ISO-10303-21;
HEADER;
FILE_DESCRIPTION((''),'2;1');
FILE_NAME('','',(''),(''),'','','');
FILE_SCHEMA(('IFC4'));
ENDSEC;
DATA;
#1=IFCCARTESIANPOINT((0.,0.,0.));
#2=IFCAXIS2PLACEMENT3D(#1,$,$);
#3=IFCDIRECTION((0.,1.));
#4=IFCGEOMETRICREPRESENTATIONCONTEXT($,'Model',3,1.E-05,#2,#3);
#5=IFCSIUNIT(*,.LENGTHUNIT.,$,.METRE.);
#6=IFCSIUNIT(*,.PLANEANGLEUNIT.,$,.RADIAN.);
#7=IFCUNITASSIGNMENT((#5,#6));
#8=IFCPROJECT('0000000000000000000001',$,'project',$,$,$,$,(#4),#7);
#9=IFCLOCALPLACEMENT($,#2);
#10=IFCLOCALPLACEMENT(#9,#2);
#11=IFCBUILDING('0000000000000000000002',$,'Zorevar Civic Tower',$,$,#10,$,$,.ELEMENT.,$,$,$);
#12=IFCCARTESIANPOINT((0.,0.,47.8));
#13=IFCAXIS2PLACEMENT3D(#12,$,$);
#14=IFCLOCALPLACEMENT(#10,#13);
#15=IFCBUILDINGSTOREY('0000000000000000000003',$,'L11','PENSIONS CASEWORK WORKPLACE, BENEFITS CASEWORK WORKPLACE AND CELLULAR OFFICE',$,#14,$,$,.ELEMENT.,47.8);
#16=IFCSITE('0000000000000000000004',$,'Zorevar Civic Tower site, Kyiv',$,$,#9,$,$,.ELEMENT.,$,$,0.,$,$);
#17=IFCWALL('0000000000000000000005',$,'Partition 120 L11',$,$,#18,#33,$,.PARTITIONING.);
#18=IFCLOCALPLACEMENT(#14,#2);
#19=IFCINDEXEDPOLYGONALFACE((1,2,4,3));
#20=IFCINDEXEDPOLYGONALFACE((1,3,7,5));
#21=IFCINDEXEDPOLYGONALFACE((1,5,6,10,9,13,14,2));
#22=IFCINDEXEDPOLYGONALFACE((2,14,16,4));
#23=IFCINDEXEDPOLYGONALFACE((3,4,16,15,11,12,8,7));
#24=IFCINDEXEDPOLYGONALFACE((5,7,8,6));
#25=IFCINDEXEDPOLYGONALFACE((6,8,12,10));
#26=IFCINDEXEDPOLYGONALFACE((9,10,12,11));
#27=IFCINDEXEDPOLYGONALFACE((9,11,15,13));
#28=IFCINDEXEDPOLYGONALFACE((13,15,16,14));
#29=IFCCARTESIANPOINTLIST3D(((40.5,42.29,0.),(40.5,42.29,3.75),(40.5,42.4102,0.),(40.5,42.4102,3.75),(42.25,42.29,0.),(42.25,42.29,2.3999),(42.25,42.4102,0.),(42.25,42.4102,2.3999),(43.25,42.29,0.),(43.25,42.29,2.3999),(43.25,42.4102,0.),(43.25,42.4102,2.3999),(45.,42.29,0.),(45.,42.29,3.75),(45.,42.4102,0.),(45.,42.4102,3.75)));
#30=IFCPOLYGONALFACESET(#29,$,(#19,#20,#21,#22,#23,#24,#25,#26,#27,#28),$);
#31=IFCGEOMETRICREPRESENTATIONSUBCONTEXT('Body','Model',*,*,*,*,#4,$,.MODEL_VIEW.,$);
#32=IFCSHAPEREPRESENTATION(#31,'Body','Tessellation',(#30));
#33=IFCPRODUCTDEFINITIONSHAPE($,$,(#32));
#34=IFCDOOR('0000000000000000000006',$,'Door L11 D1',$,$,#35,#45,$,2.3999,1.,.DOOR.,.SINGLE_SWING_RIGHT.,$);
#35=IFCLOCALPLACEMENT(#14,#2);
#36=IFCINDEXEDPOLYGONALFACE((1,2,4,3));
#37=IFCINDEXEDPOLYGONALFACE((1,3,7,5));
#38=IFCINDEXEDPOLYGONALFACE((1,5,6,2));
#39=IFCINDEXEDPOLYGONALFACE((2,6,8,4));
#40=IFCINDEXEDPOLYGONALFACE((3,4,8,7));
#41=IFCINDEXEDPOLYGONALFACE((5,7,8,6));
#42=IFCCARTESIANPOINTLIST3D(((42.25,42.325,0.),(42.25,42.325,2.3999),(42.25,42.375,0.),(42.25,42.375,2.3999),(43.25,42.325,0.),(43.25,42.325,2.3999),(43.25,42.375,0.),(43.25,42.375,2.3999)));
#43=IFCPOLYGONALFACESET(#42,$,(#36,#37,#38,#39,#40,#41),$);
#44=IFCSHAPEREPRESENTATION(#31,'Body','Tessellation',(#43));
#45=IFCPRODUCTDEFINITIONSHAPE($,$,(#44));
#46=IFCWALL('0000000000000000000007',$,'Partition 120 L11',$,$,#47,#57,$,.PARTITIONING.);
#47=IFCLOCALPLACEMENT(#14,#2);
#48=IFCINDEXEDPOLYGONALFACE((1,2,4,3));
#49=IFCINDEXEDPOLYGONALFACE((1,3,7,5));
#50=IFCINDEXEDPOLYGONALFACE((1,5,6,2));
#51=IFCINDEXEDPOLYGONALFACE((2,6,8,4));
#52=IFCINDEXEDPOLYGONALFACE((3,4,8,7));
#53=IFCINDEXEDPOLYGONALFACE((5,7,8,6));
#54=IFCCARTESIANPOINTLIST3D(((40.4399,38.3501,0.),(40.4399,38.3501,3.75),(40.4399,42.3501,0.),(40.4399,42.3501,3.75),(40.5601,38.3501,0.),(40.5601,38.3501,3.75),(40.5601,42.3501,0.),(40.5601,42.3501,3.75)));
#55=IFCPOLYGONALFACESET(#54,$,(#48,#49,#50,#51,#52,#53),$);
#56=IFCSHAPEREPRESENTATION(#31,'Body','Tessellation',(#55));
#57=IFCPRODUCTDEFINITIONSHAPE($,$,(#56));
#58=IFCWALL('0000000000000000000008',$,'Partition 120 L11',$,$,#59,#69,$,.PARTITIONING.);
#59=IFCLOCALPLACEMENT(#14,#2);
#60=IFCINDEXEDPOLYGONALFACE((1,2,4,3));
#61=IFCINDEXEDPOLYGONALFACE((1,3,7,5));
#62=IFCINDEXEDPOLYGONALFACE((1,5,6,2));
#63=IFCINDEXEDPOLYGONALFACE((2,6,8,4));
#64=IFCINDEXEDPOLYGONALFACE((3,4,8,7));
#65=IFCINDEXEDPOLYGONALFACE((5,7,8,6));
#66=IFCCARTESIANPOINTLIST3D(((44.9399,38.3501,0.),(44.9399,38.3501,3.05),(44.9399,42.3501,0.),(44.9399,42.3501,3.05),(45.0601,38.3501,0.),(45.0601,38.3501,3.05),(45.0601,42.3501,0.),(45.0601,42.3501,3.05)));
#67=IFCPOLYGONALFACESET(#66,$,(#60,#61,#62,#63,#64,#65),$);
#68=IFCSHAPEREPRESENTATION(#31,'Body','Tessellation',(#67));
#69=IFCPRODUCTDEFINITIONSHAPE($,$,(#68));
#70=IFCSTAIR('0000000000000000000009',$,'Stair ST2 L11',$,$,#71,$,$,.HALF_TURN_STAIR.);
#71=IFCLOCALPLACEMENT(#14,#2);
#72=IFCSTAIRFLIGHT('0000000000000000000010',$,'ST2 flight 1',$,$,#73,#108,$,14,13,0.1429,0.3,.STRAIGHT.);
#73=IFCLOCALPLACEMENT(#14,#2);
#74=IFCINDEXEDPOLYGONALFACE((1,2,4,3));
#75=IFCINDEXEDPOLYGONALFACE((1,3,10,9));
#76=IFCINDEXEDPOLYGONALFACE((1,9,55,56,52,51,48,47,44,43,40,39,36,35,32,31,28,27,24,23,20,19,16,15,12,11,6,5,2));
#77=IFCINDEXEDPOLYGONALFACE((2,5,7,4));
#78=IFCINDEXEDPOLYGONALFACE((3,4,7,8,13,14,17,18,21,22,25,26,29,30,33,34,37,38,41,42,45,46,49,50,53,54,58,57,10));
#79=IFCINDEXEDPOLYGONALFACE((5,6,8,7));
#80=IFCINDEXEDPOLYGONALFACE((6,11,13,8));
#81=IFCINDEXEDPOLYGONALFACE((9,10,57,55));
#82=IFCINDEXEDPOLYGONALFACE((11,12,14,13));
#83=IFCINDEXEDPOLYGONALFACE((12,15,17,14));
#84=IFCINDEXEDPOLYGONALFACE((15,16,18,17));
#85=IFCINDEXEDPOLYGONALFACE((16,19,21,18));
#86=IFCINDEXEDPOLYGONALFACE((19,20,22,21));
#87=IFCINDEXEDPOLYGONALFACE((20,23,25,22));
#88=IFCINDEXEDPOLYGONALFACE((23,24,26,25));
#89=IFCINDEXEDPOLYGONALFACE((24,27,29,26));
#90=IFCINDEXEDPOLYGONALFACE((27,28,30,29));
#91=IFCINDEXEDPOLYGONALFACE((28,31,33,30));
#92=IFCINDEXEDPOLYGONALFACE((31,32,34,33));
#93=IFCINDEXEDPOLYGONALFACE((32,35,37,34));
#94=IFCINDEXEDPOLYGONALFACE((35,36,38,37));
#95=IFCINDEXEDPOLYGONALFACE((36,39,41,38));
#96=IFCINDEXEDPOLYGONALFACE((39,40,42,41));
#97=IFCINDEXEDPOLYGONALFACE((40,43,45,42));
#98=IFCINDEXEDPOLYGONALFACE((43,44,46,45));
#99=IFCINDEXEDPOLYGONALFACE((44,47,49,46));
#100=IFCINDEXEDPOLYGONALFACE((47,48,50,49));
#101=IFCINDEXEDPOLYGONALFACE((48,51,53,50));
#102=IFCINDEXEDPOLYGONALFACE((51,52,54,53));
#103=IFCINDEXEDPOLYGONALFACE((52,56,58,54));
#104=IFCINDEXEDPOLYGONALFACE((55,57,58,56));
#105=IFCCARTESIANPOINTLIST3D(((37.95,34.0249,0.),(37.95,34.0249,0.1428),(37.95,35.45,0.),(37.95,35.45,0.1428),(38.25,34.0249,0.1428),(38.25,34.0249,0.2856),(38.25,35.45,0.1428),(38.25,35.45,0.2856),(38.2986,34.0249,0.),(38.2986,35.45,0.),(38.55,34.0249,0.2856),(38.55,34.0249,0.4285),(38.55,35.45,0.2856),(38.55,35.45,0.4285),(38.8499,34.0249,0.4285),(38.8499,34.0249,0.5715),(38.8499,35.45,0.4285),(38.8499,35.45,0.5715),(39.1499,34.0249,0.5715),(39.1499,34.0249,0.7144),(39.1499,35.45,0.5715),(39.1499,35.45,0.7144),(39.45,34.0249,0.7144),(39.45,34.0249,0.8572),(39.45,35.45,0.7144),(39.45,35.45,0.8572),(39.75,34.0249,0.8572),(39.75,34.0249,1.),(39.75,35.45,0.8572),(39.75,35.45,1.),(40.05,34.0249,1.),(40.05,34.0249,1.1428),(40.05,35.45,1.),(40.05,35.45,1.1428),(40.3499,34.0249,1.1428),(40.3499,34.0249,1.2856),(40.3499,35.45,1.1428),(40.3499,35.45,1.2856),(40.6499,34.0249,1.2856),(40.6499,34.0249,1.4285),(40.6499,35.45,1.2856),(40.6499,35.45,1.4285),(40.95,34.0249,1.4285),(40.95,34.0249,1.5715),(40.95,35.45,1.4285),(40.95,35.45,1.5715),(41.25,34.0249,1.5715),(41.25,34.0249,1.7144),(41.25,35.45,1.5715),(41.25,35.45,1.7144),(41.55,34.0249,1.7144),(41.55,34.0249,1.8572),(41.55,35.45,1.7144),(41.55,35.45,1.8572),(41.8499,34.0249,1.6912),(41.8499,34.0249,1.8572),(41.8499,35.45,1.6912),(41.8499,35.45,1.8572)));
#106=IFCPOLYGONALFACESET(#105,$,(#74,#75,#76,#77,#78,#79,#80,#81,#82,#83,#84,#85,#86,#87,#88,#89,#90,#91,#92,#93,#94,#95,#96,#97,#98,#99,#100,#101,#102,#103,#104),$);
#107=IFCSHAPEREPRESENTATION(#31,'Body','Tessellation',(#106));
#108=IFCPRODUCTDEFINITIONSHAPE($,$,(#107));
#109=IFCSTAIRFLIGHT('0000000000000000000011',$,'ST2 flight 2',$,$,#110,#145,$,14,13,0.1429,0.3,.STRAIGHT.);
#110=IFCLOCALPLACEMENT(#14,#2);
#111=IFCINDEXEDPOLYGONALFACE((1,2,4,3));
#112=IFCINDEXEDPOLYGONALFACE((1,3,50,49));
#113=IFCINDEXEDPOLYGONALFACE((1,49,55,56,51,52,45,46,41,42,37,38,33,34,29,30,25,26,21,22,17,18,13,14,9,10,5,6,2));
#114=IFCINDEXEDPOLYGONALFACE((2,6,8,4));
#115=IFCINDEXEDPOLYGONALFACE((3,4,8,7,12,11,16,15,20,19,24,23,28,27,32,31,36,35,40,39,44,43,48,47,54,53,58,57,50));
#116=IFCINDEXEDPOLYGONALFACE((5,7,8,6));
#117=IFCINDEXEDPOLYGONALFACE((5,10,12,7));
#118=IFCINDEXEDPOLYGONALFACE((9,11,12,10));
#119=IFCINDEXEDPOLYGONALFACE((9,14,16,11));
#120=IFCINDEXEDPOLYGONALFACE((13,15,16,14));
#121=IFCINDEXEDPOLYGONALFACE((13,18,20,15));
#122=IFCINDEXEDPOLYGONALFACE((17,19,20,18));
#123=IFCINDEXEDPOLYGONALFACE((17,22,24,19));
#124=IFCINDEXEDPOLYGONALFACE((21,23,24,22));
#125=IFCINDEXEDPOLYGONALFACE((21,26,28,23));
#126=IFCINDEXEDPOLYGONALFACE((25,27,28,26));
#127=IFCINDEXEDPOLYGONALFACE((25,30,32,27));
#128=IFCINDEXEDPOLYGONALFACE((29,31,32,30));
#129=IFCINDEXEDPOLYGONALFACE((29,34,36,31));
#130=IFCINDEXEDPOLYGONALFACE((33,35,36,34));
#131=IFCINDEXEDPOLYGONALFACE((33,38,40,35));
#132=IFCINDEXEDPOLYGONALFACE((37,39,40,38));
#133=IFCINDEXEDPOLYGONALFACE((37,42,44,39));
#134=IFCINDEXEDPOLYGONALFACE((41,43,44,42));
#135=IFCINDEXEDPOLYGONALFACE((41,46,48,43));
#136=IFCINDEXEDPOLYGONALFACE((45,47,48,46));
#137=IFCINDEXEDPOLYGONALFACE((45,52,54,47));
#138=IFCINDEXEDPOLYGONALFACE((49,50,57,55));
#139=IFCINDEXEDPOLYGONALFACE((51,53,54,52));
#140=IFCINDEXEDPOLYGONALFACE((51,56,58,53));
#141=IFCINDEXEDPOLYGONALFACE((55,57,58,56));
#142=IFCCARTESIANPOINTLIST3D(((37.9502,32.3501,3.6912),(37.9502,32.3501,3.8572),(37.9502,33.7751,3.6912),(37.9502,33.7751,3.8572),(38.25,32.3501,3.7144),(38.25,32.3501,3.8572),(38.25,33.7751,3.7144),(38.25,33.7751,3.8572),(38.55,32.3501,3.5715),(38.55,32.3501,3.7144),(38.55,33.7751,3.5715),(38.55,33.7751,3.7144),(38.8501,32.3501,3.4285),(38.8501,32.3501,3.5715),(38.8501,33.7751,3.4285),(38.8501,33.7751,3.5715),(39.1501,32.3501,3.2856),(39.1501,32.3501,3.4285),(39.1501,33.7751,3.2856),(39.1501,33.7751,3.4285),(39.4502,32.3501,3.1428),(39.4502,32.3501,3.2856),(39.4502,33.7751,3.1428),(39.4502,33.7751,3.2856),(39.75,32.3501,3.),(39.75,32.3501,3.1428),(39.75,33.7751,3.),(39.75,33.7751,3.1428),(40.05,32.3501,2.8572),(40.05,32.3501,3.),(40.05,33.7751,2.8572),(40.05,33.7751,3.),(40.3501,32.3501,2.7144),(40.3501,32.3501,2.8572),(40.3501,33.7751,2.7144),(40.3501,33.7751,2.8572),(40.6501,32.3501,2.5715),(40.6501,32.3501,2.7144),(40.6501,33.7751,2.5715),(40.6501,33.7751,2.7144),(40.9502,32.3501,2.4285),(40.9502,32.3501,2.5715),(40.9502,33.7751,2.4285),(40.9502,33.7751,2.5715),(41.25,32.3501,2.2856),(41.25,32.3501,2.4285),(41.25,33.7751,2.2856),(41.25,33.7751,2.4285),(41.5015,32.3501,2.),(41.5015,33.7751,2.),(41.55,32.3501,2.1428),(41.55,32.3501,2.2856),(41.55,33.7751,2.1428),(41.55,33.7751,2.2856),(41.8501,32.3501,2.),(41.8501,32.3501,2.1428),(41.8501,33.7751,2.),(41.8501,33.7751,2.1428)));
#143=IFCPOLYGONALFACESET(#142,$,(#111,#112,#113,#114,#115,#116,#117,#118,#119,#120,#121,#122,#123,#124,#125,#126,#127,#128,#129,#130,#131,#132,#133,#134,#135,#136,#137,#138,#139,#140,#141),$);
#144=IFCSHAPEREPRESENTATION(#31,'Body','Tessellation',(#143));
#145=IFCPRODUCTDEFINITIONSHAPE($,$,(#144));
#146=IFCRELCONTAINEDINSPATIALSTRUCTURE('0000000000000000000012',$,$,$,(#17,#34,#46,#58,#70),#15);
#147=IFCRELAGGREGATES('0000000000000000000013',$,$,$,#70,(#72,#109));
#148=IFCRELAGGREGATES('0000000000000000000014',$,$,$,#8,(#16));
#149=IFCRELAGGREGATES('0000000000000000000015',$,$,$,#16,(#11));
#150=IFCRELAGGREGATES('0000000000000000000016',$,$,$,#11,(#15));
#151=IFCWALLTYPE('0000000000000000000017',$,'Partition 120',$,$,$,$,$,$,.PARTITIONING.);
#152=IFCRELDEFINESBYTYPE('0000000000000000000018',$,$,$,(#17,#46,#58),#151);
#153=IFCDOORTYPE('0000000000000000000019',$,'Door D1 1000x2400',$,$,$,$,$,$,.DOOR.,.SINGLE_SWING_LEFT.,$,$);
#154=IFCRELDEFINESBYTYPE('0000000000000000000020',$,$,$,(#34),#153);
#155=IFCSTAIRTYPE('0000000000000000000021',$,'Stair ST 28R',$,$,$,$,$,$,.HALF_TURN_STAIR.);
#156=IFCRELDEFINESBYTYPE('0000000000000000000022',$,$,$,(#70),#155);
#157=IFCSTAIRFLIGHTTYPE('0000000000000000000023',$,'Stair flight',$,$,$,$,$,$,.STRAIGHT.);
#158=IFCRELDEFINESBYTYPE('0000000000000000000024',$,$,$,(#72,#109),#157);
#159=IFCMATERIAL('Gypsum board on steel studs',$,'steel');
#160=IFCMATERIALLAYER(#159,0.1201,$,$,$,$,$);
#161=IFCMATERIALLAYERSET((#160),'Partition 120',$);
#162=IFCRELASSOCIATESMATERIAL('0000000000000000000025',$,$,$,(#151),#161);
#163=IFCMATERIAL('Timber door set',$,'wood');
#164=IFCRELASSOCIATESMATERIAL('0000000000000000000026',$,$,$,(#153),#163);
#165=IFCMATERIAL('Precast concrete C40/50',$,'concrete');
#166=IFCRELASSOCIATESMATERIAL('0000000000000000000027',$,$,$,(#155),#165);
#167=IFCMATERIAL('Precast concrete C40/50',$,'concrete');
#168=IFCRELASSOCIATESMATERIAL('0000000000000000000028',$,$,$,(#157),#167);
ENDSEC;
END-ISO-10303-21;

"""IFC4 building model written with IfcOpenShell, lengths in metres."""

from ifc_helpers import new_model, si_unit, direction, frame, frame_2d, origin, place, context, subcontext, project, spatial, polyline, rectangle, outline, extrude, material, layer, layer_set, type_object, element, fill, aggregate, save


model = new_model("IFC4")

# Units and contexts
model_context = context("Model", 3, precision=1e-05, world=origin(), true_north=direction((0.0, 1.0)))
body_context = subcontext(model_context, "Body", "Model", "MODEL_VIEW")
ifc_project = project(units=[si_unit("LENGTHUNIT", "METRE"), si_unit("PLANEANGLEUNIT", "RADIAN")], contexts=[model_context])

# Site, building, storey
site_placement = place(None, origin())
site = spatial("IfcSite", under=ifc_project, at=site_placement, Name="Zorevar Civic Tower site, Kyiv", CompositionType="ELEMENT", RefElevation=0.0)
building_placement = place(site_placement, origin())
building = spatial("IfcBuilding", under=site, at=building_placement, Name="Zorevar Civic Tower", CompositionType="ELEMENT")
storey_placement = place(building_placement, frame((0.0, 0.0, 47.8)))
storey = spatial("IfcBuildingStorey", under=building, at=storey_placement, Name="L11", Description="PENSIONS CASEWORK WORKPLACE, BENEFITS CASEWORK WORKPLACE AND CELLULAR OFFICE", CompositionType="ELEMENT", Elevation=47.8)

# Shared definitions
ifc_material_1 = material(Name="Gypsum board on steel studs", Category="steel")
ifc_layer_1 = layer(ifc_material_1, 0.1201)
ifc_layer_set_1 = layer_set([ifc_layer_1], Name="Partition 120")
wall_type_1 = type_object("IfcWallType", Name="Partition 120", PredefinedType="PARTITIONING", material=ifc_layer_set_1)

# Wall, opening, door
wall_1_placement = place(storey_placement, frame((40.5, 42.3501, 0.0), z_axis=(0.0, 0.0, 1.0), x_axis=(1.0, 0.0, 0.0)))
wall_1 = element("IfcWall", 1, at=wall_1_placement, inside=storey, type_object=wall_type_1, Name="Partition 120 L11", PredefinedType="PARTITIONING", context=body_context, shape_type="SweptSolid", body=[
    extrude(rectangle(XDim=4.5, YDim=0.1201, at=frame_2d((2.25, 0.0))), origin(), (0.0, 0.0, 1.0), 3.75),
])
opening_1_placement = place(wall_1_placement, frame((1.75, 0.0, 0.0)))
opening_1 = element("IfcOpeningElement", 2, at=opening_1_placement, cuts=wall_1, PredefinedType="OPENING", context=body_context, shape_type="SweptSolid", body=[
    extrude(rectangle(XDim=1.0, YDim=2.3999, at=frame_2d((0.5, 1.2))), frame((0.0, 0.0701, 0.0), z_axis=(0.0, -1.0, 0.0), x_axis=(1.0, 0.0, 0.0)), (0.0, 0.0, 1.0), 0.1401),
])
ifc_material_2 = material(Name="Timber door set", Category="wood")
door_type_1 = type_object("IfcDoorType", Name="Door D1 1000x2400", OperationType="SINGLE_SWING_LEFT", PredefinedType="DOOR", material=ifc_material_2)
door_1_placement = place(opening_1_placement, origin())
door_1 = element("IfcDoor", 3, at=door_1_placement, inside=storey, type_object=door_type_1, Name="Door L11 D1", OperationType="SINGLE_SWING_RIGHT", OverallHeight=2.3999, OverallWidth=1.0, PredefinedType="DOOR", context=body_context, shape_type="SweptSolid", body=[
    extrude(rectangle(XDim=1.0, YDim=2.3999, at=frame_2d((0.5, 1.2))), frame((0.0, 0.0249, 0.0), z_axis=(0.0, -1.0, 0.0), x_axis=(1.0, 0.0, 0.0)), (0.0, 0.0, 1.0), 0.05),
])
fill(opening_1, door_1)

# Walls
wall_2_placement = place(storey_placement, frame((40.5, 38.3501, 0.0), z_axis=(0.0, 0.0, 1.0), x_axis=(0.0, 1.0, 0.0)))
element("IfcWall", 4, at=wall_2_placement, inside=storey, type_object=wall_type_1, Name="Partition 120 L11", PredefinedType="PARTITIONING", context=body_context, shape_type="SweptSolid", body=[
    extrude(rectangle(XDim=4.0, YDim=0.1201, at=frame_2d((2.0, 0.0))), origin(), (0.0, 0.0, 1.0), 3.75),
])
wall_3_placement = place(storey_placement, frame((45.0, 38.3501, 0.0), z_axis=(0.0, 0.0, 1.0), x_axis=(0.0, 1.0, 0.0)))
element("IfcWall", 5, at=wall_3_placement, inside=storey, type_object=wall_type_1, Name="Partition 120 L11", PredefinedType="PARTITIONING", context=body_context, shape_type="SweptSolid", body=[
    extrude(rectangle(XDim=4.0, YDim=0.1201, at=frame_2d((2.0, 0.0))), origin(), (0.0, 0.0, 1.0), 3.05),
])

# Stair, stair flights
ifc_material_3 = material(Name="Precast concrete C40/50", Category="concrete")
stair_type = type_object("IfcStairType", Name="Stair ST 28R", PredefinedType="HALF_TURN_STAIR", material=ifc_material_3)
stair_placement = place(storey_placement, origin())
stair = element("IfcStair", 6, at=stair_placement, inside=storey, type_object=stair_type, Name="Stair ST2 L11", PredefinedType="HALF_TURN_STAIR")
ifc_material_4 = material(Name="Precast concrete C40/50", Category="concrete")
stair_flight_type = type_object("IfcStairFlightType", Name="Stair flight", PredefinedType="STRAIGHT", material=ifc_material_4)
stair_flight_1_placement = place(storey_placement, frame((37.95, 34.7375, 0.0), z_axis=(0.0, 0.0, 1.0), x_axis=(1.0, 0.0, 0.0)))
stair_flight_1 = element("IfcStairFlight", 7, at=stair_flight_1_placement, type_object=stair_flight_type, Name="ST2 flight 1", NumberOfRisers=14, NumberOfTreads=13, PredefinedType="STRAIGHT", RiserHeight=0.1429, TreadLength=0.3, context=body_context, shape_type="SweptSolid", body=[
    extrude(outline(polyline([(0.0, 0.0), (0.0, 0.1428), (0.3, 0.1428), (0.3, 0.2856), (0.6001, 0.2856), (0.6001, 0.4285), (0.8999, 0.4285), (0.8999, 0.5715), (1.2, 0.5715), (1.2, 0.7144), (1.5, 0.7144), (1.5, 0.8572), (1.8, 0.8572), (1.8, 1.0), (2.1001, 1.0), (2.1001, 1.1428), (2.3999, 1.1428), (2.3999, 1.2856), (2.7, 1.2856), (2.7, 1.4285), (3.0, 1.4285), (3.0, 1.5715), (3.3, 1.5715), (3.3, 1.7144), (3.6001, 1.7144), (3.6001, 1.8572), (3.8999, 1.8572), (3.8999, 2.0), (3.8999, 1.6912), (0.3486, 0.0), (0.0, 0.0)])), frame((0.0, 0.7124, 0.0), z_axis=(0.0, -1.0, 0.0), x_axis=(1.0, 0.0, 0.0)), (0.0, 0.0, 1.0), 1.425),
])
stair_flight_2_placement = place(storey_placement, frame((41.8501, 33.0625, 2.0), z_axis=(0.0, 0.0, 1.0), x_axis=(-1.0, 0.0, 0.0)))
stair_flight_2 = element("IfcStairFlight", 8, at=stair_flight_2_placement, type_object=stair_flight_type, Name="ST2 flight 2", NumberOfRisers=14, NumberOfTreads=13, PredefinedType="STRAIGHT", RiserHeight=0.1429, TreadLength=0.3, context=body_context, shape_type="SweptSolid", body=[
    extrude(outline(polyline([(0.0, 0.0), (0.0, 0.1428), (0.3, 0.1428), (0.3, 0.2856), (0.6001, 0.2856), (0.6001, 0.4285), (0.8999, 0.4285), (0.8999, 0.5715), (1.2, 0.5715), (1.2, 0.7144), (1.5, 0.7144), (1.5, 0.8572), (1.8, 0.8572), (1.8, 1.0), (2.1001, 1.0), (2.1001, 1.1428), (2.3999, 1.1428), (2.3999, 1.2856), (2.7, 1.2856), (2.7, 1.4285), (3.0, 1.4285), (3.0, 1.5715), (3.3, 1.5715), (3.3, 1.7144), (3.6001, 1.7144), (3.6001, 1.8572), (3.8999, 1.8572), (3.8999, 2.0), (3.8999, 1.6912), (0.3486, 0.0), (0.0, 0.0)])), frame((0.0, 0.7124, 0.0), z_axis=(0.0, -1.0, 0.0), x_axis=(1.0, 0.0, 0.0)), (0.0, 0.0, 1.0), 1.425),
])
aggregate(stair, [stair_flight_1, stair_flight_2])

save(model, "model.ifc")
